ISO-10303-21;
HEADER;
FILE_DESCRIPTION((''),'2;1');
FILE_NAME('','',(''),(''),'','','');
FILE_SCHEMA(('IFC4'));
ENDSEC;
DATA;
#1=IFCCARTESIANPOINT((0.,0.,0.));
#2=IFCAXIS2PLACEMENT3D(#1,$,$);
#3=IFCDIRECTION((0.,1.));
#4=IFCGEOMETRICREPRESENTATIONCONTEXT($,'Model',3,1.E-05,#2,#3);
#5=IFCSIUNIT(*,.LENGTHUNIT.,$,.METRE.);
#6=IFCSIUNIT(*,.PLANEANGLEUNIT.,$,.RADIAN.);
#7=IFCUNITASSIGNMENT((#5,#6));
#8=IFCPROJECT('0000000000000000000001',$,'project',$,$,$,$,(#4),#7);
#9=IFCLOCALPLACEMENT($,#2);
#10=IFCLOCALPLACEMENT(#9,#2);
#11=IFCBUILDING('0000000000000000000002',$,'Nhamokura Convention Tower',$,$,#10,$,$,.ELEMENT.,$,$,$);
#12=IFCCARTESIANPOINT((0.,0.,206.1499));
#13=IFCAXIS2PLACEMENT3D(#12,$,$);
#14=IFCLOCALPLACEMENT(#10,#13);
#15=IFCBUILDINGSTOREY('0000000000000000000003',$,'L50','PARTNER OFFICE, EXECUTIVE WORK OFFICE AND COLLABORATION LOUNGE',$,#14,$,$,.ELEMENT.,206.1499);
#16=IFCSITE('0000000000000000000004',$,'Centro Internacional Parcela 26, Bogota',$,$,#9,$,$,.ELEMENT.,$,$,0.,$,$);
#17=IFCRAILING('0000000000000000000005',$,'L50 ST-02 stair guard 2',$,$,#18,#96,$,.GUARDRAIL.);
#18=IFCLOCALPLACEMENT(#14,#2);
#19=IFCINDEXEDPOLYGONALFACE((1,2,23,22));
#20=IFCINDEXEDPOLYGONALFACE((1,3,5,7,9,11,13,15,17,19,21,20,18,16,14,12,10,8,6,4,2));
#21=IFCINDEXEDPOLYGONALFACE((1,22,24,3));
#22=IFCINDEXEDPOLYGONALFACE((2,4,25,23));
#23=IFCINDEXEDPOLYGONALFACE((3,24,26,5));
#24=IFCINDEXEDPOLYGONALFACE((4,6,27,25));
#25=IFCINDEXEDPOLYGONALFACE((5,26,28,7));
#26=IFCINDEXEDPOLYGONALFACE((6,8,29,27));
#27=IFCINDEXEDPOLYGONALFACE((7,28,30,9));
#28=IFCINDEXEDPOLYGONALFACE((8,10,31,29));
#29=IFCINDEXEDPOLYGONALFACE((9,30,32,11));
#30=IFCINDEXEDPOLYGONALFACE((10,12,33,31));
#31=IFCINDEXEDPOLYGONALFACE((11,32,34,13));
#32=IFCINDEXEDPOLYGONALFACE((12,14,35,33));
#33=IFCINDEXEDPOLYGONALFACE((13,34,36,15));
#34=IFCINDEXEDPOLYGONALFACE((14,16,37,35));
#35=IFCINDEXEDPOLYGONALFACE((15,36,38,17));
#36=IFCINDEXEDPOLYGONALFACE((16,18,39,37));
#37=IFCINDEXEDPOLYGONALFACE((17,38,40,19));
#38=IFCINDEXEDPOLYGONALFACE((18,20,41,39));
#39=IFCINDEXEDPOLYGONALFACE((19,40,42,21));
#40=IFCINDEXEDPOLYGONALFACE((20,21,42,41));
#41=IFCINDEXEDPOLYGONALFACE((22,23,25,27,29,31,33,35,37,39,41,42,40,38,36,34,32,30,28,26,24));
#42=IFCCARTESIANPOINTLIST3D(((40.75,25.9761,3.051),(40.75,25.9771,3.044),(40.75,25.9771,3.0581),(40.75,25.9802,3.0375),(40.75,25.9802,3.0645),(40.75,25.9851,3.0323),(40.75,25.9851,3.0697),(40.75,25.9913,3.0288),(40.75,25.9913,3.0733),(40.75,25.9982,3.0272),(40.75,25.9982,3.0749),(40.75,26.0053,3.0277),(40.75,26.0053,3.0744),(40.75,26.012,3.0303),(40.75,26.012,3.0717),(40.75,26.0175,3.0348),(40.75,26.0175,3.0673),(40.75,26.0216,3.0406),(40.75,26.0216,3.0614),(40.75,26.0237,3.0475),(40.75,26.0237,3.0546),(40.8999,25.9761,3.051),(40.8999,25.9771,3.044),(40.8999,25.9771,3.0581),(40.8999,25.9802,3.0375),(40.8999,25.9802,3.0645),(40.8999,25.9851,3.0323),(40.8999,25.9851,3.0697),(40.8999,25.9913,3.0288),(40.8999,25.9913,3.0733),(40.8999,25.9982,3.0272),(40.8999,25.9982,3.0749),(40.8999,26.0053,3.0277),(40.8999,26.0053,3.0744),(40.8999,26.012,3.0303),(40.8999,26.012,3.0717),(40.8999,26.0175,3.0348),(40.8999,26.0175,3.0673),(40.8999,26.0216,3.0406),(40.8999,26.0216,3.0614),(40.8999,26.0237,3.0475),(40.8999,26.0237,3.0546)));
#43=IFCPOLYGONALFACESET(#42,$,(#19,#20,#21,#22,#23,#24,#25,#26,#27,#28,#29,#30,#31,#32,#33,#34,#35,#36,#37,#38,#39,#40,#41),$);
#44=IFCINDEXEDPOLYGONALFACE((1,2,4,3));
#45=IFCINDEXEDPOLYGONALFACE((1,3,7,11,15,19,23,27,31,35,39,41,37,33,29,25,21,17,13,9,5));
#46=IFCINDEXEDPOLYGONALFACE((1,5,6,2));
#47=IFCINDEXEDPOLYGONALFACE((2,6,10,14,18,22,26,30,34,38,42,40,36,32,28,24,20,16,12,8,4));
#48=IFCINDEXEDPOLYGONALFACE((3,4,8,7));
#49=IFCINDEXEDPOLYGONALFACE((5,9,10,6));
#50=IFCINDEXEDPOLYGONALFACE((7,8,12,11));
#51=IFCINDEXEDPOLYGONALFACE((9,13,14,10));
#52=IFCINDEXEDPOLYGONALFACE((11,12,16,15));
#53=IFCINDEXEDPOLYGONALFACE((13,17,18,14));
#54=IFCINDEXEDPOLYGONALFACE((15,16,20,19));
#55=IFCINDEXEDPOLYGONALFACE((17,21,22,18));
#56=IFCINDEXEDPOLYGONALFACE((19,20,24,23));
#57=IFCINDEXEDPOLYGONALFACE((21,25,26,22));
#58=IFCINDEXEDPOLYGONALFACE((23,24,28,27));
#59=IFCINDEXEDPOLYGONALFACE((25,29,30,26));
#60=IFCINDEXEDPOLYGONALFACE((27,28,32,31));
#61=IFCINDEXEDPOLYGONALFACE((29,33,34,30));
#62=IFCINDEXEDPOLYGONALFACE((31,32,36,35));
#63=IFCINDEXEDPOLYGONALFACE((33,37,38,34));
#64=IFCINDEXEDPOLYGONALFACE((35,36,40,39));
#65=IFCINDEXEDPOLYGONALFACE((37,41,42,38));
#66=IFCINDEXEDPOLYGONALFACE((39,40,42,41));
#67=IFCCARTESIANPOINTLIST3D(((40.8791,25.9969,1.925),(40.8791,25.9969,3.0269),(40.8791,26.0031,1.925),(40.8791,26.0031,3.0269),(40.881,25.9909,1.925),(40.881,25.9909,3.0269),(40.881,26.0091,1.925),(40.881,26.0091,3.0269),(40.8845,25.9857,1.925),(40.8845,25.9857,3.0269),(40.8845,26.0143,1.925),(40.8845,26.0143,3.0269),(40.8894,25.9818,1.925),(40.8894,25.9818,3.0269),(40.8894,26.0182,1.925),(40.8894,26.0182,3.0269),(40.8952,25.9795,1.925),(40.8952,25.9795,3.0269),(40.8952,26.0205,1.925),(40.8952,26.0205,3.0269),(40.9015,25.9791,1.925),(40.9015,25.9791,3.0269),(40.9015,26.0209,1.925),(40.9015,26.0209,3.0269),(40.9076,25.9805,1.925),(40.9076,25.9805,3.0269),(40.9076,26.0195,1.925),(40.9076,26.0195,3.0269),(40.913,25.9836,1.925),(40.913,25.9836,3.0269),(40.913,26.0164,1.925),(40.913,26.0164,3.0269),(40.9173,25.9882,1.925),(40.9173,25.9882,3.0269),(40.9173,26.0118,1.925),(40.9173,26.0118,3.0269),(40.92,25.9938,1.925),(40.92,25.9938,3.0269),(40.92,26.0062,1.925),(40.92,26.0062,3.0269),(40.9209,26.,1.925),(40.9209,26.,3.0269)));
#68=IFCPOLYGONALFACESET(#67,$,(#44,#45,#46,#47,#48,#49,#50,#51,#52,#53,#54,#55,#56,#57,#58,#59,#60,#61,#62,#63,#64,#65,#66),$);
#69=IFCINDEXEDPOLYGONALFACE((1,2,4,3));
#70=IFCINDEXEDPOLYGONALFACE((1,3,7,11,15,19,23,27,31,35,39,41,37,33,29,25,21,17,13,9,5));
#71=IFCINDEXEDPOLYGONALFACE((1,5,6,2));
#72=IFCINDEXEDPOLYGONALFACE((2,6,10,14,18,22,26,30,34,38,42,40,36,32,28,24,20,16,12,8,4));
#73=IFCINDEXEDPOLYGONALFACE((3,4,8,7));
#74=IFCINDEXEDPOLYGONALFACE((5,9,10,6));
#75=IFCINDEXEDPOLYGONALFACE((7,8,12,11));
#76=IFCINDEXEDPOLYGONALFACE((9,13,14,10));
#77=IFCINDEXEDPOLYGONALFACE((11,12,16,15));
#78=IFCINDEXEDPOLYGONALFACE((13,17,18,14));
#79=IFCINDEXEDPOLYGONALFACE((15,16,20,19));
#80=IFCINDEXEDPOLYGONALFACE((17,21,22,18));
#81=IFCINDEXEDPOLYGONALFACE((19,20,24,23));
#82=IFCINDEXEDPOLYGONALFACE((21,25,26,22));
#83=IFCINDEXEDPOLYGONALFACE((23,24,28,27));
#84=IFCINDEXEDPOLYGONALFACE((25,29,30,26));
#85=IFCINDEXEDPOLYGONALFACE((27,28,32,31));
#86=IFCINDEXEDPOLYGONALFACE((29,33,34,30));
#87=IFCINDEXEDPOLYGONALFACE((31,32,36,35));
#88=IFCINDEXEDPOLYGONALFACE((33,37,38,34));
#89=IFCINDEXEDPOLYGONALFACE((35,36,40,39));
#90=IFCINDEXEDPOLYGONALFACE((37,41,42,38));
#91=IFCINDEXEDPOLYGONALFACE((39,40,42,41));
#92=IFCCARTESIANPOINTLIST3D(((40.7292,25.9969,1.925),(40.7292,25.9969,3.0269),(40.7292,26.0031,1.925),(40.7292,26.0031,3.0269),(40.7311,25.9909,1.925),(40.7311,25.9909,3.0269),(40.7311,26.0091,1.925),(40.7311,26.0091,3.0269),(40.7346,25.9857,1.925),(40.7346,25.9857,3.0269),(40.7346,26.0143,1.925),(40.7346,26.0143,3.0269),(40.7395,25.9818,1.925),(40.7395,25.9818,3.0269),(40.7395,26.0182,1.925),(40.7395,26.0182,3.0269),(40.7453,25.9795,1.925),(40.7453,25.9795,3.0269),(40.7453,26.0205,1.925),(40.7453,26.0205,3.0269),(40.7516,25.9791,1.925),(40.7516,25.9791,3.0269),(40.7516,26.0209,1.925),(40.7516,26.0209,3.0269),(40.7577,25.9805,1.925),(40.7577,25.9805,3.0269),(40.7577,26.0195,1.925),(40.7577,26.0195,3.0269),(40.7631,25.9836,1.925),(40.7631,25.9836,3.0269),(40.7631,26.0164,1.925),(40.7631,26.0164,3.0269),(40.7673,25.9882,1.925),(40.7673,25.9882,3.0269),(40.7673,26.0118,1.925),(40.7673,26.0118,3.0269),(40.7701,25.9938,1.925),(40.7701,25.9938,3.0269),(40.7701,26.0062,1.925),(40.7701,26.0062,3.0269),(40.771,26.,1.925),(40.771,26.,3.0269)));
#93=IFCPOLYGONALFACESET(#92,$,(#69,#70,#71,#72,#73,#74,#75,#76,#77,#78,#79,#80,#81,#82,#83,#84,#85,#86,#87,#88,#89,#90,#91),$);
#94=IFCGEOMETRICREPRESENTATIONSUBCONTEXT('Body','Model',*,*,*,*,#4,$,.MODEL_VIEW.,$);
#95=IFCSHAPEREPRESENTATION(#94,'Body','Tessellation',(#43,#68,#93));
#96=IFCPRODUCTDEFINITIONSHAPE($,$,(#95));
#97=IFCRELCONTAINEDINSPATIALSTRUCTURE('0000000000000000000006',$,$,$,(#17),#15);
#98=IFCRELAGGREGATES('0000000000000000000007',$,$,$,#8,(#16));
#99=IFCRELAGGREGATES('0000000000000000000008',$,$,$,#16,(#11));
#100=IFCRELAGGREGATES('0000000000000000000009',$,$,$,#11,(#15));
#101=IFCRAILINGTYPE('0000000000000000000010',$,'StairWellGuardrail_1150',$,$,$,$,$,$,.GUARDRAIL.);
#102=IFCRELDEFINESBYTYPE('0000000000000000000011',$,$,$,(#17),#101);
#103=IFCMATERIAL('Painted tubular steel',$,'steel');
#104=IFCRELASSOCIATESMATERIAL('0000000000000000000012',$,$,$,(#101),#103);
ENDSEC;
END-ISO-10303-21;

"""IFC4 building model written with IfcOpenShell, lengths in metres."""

from ifc_helpers import new_model, si_unit, direction, frame, origin, origin_2d, place, context, subcontext, project, spatial, circle, extrude, material, type_object, element, save


model = new_model("IFC4")

# Units and contexts
model_context = context("Model", 3, precision=1e-05, world=origin(), true_north=direction((0.0, 1.0)))
body_context = subcontext(model_context, "Body", "Model", "MODEL_VIEW")
ifc_project = project(units=[si_unit("LENGTHUNIT", "METRE"), si_unit("PLANEANGLEUNIT", "RADIAN")], contexts=[model_context])

# Site, building, storey
site_placement = place(None, origin())
site = spatial("IfcSite", under=ifc_project, at=site_placement, Name="Centro Internacional Parcela 26, Bogota", CompositionType="ELEMENT", RefElevation=0.0)
building_placement = place(site_placement, origin())
building = spatial("IfcBuilding", under=site, at=building_placement, Name="Nhamokura Convention Tower", CompositionType="ELEMENT")
storey_placement = place(building_placement, frame((0.0, 0.0, 206.1499)))
storey = spatial("IfcBuildingStorey", under=building, at=storey_placement, Name="L50", Description="PARTNER OFFICE, EXECUTIVE WORK OFFICE AND COLLABORATION LOUNGE", CompositionType="ELEMENT", Elevation=206.1499)

# Railing
ifc_material_1 = material(Name="Painted tubular steel", Category="steel")
railing_type_1 = type_object("IfcRailingType", Name="StairWellGuardrail_1150", PredefinedType="GUARDRAIL", material=ifc_material_1)
railing_1_placement = place(storey_placement, frame((40.8999, 26.0, 1.925)))
element("IfcRailing", 1, at=railing_1_placement, inside=storey, type_object=railing_type_1, Name="L50 ST-02 stair guard 2", PredefinedType="GUARDRAIL", context=body_context, shape_type="SweptSolid", body=[
    extrude(circle(Radius=0.0239, at=origin_2d()), frame((0.0, 0.0, 1.126), z_axis=(-1.0, 0.0, 0.0), x_axis=(0.0, -1.0, 0.0)), (0.0, 0.0, 1.0), 0.1499),
    extrude(circle(Radius=0.021, at=origin_2d()), origin(), (0.0, 0.0, 1.0), 1.1018),
    extrude(circle(Radius=0.021, at=origin_2d()), frame((-0.1499, 0.0, 0.0)), (0.0, 0.0, 1.0), 1.1018),
])

save(model, "model.ifc")
